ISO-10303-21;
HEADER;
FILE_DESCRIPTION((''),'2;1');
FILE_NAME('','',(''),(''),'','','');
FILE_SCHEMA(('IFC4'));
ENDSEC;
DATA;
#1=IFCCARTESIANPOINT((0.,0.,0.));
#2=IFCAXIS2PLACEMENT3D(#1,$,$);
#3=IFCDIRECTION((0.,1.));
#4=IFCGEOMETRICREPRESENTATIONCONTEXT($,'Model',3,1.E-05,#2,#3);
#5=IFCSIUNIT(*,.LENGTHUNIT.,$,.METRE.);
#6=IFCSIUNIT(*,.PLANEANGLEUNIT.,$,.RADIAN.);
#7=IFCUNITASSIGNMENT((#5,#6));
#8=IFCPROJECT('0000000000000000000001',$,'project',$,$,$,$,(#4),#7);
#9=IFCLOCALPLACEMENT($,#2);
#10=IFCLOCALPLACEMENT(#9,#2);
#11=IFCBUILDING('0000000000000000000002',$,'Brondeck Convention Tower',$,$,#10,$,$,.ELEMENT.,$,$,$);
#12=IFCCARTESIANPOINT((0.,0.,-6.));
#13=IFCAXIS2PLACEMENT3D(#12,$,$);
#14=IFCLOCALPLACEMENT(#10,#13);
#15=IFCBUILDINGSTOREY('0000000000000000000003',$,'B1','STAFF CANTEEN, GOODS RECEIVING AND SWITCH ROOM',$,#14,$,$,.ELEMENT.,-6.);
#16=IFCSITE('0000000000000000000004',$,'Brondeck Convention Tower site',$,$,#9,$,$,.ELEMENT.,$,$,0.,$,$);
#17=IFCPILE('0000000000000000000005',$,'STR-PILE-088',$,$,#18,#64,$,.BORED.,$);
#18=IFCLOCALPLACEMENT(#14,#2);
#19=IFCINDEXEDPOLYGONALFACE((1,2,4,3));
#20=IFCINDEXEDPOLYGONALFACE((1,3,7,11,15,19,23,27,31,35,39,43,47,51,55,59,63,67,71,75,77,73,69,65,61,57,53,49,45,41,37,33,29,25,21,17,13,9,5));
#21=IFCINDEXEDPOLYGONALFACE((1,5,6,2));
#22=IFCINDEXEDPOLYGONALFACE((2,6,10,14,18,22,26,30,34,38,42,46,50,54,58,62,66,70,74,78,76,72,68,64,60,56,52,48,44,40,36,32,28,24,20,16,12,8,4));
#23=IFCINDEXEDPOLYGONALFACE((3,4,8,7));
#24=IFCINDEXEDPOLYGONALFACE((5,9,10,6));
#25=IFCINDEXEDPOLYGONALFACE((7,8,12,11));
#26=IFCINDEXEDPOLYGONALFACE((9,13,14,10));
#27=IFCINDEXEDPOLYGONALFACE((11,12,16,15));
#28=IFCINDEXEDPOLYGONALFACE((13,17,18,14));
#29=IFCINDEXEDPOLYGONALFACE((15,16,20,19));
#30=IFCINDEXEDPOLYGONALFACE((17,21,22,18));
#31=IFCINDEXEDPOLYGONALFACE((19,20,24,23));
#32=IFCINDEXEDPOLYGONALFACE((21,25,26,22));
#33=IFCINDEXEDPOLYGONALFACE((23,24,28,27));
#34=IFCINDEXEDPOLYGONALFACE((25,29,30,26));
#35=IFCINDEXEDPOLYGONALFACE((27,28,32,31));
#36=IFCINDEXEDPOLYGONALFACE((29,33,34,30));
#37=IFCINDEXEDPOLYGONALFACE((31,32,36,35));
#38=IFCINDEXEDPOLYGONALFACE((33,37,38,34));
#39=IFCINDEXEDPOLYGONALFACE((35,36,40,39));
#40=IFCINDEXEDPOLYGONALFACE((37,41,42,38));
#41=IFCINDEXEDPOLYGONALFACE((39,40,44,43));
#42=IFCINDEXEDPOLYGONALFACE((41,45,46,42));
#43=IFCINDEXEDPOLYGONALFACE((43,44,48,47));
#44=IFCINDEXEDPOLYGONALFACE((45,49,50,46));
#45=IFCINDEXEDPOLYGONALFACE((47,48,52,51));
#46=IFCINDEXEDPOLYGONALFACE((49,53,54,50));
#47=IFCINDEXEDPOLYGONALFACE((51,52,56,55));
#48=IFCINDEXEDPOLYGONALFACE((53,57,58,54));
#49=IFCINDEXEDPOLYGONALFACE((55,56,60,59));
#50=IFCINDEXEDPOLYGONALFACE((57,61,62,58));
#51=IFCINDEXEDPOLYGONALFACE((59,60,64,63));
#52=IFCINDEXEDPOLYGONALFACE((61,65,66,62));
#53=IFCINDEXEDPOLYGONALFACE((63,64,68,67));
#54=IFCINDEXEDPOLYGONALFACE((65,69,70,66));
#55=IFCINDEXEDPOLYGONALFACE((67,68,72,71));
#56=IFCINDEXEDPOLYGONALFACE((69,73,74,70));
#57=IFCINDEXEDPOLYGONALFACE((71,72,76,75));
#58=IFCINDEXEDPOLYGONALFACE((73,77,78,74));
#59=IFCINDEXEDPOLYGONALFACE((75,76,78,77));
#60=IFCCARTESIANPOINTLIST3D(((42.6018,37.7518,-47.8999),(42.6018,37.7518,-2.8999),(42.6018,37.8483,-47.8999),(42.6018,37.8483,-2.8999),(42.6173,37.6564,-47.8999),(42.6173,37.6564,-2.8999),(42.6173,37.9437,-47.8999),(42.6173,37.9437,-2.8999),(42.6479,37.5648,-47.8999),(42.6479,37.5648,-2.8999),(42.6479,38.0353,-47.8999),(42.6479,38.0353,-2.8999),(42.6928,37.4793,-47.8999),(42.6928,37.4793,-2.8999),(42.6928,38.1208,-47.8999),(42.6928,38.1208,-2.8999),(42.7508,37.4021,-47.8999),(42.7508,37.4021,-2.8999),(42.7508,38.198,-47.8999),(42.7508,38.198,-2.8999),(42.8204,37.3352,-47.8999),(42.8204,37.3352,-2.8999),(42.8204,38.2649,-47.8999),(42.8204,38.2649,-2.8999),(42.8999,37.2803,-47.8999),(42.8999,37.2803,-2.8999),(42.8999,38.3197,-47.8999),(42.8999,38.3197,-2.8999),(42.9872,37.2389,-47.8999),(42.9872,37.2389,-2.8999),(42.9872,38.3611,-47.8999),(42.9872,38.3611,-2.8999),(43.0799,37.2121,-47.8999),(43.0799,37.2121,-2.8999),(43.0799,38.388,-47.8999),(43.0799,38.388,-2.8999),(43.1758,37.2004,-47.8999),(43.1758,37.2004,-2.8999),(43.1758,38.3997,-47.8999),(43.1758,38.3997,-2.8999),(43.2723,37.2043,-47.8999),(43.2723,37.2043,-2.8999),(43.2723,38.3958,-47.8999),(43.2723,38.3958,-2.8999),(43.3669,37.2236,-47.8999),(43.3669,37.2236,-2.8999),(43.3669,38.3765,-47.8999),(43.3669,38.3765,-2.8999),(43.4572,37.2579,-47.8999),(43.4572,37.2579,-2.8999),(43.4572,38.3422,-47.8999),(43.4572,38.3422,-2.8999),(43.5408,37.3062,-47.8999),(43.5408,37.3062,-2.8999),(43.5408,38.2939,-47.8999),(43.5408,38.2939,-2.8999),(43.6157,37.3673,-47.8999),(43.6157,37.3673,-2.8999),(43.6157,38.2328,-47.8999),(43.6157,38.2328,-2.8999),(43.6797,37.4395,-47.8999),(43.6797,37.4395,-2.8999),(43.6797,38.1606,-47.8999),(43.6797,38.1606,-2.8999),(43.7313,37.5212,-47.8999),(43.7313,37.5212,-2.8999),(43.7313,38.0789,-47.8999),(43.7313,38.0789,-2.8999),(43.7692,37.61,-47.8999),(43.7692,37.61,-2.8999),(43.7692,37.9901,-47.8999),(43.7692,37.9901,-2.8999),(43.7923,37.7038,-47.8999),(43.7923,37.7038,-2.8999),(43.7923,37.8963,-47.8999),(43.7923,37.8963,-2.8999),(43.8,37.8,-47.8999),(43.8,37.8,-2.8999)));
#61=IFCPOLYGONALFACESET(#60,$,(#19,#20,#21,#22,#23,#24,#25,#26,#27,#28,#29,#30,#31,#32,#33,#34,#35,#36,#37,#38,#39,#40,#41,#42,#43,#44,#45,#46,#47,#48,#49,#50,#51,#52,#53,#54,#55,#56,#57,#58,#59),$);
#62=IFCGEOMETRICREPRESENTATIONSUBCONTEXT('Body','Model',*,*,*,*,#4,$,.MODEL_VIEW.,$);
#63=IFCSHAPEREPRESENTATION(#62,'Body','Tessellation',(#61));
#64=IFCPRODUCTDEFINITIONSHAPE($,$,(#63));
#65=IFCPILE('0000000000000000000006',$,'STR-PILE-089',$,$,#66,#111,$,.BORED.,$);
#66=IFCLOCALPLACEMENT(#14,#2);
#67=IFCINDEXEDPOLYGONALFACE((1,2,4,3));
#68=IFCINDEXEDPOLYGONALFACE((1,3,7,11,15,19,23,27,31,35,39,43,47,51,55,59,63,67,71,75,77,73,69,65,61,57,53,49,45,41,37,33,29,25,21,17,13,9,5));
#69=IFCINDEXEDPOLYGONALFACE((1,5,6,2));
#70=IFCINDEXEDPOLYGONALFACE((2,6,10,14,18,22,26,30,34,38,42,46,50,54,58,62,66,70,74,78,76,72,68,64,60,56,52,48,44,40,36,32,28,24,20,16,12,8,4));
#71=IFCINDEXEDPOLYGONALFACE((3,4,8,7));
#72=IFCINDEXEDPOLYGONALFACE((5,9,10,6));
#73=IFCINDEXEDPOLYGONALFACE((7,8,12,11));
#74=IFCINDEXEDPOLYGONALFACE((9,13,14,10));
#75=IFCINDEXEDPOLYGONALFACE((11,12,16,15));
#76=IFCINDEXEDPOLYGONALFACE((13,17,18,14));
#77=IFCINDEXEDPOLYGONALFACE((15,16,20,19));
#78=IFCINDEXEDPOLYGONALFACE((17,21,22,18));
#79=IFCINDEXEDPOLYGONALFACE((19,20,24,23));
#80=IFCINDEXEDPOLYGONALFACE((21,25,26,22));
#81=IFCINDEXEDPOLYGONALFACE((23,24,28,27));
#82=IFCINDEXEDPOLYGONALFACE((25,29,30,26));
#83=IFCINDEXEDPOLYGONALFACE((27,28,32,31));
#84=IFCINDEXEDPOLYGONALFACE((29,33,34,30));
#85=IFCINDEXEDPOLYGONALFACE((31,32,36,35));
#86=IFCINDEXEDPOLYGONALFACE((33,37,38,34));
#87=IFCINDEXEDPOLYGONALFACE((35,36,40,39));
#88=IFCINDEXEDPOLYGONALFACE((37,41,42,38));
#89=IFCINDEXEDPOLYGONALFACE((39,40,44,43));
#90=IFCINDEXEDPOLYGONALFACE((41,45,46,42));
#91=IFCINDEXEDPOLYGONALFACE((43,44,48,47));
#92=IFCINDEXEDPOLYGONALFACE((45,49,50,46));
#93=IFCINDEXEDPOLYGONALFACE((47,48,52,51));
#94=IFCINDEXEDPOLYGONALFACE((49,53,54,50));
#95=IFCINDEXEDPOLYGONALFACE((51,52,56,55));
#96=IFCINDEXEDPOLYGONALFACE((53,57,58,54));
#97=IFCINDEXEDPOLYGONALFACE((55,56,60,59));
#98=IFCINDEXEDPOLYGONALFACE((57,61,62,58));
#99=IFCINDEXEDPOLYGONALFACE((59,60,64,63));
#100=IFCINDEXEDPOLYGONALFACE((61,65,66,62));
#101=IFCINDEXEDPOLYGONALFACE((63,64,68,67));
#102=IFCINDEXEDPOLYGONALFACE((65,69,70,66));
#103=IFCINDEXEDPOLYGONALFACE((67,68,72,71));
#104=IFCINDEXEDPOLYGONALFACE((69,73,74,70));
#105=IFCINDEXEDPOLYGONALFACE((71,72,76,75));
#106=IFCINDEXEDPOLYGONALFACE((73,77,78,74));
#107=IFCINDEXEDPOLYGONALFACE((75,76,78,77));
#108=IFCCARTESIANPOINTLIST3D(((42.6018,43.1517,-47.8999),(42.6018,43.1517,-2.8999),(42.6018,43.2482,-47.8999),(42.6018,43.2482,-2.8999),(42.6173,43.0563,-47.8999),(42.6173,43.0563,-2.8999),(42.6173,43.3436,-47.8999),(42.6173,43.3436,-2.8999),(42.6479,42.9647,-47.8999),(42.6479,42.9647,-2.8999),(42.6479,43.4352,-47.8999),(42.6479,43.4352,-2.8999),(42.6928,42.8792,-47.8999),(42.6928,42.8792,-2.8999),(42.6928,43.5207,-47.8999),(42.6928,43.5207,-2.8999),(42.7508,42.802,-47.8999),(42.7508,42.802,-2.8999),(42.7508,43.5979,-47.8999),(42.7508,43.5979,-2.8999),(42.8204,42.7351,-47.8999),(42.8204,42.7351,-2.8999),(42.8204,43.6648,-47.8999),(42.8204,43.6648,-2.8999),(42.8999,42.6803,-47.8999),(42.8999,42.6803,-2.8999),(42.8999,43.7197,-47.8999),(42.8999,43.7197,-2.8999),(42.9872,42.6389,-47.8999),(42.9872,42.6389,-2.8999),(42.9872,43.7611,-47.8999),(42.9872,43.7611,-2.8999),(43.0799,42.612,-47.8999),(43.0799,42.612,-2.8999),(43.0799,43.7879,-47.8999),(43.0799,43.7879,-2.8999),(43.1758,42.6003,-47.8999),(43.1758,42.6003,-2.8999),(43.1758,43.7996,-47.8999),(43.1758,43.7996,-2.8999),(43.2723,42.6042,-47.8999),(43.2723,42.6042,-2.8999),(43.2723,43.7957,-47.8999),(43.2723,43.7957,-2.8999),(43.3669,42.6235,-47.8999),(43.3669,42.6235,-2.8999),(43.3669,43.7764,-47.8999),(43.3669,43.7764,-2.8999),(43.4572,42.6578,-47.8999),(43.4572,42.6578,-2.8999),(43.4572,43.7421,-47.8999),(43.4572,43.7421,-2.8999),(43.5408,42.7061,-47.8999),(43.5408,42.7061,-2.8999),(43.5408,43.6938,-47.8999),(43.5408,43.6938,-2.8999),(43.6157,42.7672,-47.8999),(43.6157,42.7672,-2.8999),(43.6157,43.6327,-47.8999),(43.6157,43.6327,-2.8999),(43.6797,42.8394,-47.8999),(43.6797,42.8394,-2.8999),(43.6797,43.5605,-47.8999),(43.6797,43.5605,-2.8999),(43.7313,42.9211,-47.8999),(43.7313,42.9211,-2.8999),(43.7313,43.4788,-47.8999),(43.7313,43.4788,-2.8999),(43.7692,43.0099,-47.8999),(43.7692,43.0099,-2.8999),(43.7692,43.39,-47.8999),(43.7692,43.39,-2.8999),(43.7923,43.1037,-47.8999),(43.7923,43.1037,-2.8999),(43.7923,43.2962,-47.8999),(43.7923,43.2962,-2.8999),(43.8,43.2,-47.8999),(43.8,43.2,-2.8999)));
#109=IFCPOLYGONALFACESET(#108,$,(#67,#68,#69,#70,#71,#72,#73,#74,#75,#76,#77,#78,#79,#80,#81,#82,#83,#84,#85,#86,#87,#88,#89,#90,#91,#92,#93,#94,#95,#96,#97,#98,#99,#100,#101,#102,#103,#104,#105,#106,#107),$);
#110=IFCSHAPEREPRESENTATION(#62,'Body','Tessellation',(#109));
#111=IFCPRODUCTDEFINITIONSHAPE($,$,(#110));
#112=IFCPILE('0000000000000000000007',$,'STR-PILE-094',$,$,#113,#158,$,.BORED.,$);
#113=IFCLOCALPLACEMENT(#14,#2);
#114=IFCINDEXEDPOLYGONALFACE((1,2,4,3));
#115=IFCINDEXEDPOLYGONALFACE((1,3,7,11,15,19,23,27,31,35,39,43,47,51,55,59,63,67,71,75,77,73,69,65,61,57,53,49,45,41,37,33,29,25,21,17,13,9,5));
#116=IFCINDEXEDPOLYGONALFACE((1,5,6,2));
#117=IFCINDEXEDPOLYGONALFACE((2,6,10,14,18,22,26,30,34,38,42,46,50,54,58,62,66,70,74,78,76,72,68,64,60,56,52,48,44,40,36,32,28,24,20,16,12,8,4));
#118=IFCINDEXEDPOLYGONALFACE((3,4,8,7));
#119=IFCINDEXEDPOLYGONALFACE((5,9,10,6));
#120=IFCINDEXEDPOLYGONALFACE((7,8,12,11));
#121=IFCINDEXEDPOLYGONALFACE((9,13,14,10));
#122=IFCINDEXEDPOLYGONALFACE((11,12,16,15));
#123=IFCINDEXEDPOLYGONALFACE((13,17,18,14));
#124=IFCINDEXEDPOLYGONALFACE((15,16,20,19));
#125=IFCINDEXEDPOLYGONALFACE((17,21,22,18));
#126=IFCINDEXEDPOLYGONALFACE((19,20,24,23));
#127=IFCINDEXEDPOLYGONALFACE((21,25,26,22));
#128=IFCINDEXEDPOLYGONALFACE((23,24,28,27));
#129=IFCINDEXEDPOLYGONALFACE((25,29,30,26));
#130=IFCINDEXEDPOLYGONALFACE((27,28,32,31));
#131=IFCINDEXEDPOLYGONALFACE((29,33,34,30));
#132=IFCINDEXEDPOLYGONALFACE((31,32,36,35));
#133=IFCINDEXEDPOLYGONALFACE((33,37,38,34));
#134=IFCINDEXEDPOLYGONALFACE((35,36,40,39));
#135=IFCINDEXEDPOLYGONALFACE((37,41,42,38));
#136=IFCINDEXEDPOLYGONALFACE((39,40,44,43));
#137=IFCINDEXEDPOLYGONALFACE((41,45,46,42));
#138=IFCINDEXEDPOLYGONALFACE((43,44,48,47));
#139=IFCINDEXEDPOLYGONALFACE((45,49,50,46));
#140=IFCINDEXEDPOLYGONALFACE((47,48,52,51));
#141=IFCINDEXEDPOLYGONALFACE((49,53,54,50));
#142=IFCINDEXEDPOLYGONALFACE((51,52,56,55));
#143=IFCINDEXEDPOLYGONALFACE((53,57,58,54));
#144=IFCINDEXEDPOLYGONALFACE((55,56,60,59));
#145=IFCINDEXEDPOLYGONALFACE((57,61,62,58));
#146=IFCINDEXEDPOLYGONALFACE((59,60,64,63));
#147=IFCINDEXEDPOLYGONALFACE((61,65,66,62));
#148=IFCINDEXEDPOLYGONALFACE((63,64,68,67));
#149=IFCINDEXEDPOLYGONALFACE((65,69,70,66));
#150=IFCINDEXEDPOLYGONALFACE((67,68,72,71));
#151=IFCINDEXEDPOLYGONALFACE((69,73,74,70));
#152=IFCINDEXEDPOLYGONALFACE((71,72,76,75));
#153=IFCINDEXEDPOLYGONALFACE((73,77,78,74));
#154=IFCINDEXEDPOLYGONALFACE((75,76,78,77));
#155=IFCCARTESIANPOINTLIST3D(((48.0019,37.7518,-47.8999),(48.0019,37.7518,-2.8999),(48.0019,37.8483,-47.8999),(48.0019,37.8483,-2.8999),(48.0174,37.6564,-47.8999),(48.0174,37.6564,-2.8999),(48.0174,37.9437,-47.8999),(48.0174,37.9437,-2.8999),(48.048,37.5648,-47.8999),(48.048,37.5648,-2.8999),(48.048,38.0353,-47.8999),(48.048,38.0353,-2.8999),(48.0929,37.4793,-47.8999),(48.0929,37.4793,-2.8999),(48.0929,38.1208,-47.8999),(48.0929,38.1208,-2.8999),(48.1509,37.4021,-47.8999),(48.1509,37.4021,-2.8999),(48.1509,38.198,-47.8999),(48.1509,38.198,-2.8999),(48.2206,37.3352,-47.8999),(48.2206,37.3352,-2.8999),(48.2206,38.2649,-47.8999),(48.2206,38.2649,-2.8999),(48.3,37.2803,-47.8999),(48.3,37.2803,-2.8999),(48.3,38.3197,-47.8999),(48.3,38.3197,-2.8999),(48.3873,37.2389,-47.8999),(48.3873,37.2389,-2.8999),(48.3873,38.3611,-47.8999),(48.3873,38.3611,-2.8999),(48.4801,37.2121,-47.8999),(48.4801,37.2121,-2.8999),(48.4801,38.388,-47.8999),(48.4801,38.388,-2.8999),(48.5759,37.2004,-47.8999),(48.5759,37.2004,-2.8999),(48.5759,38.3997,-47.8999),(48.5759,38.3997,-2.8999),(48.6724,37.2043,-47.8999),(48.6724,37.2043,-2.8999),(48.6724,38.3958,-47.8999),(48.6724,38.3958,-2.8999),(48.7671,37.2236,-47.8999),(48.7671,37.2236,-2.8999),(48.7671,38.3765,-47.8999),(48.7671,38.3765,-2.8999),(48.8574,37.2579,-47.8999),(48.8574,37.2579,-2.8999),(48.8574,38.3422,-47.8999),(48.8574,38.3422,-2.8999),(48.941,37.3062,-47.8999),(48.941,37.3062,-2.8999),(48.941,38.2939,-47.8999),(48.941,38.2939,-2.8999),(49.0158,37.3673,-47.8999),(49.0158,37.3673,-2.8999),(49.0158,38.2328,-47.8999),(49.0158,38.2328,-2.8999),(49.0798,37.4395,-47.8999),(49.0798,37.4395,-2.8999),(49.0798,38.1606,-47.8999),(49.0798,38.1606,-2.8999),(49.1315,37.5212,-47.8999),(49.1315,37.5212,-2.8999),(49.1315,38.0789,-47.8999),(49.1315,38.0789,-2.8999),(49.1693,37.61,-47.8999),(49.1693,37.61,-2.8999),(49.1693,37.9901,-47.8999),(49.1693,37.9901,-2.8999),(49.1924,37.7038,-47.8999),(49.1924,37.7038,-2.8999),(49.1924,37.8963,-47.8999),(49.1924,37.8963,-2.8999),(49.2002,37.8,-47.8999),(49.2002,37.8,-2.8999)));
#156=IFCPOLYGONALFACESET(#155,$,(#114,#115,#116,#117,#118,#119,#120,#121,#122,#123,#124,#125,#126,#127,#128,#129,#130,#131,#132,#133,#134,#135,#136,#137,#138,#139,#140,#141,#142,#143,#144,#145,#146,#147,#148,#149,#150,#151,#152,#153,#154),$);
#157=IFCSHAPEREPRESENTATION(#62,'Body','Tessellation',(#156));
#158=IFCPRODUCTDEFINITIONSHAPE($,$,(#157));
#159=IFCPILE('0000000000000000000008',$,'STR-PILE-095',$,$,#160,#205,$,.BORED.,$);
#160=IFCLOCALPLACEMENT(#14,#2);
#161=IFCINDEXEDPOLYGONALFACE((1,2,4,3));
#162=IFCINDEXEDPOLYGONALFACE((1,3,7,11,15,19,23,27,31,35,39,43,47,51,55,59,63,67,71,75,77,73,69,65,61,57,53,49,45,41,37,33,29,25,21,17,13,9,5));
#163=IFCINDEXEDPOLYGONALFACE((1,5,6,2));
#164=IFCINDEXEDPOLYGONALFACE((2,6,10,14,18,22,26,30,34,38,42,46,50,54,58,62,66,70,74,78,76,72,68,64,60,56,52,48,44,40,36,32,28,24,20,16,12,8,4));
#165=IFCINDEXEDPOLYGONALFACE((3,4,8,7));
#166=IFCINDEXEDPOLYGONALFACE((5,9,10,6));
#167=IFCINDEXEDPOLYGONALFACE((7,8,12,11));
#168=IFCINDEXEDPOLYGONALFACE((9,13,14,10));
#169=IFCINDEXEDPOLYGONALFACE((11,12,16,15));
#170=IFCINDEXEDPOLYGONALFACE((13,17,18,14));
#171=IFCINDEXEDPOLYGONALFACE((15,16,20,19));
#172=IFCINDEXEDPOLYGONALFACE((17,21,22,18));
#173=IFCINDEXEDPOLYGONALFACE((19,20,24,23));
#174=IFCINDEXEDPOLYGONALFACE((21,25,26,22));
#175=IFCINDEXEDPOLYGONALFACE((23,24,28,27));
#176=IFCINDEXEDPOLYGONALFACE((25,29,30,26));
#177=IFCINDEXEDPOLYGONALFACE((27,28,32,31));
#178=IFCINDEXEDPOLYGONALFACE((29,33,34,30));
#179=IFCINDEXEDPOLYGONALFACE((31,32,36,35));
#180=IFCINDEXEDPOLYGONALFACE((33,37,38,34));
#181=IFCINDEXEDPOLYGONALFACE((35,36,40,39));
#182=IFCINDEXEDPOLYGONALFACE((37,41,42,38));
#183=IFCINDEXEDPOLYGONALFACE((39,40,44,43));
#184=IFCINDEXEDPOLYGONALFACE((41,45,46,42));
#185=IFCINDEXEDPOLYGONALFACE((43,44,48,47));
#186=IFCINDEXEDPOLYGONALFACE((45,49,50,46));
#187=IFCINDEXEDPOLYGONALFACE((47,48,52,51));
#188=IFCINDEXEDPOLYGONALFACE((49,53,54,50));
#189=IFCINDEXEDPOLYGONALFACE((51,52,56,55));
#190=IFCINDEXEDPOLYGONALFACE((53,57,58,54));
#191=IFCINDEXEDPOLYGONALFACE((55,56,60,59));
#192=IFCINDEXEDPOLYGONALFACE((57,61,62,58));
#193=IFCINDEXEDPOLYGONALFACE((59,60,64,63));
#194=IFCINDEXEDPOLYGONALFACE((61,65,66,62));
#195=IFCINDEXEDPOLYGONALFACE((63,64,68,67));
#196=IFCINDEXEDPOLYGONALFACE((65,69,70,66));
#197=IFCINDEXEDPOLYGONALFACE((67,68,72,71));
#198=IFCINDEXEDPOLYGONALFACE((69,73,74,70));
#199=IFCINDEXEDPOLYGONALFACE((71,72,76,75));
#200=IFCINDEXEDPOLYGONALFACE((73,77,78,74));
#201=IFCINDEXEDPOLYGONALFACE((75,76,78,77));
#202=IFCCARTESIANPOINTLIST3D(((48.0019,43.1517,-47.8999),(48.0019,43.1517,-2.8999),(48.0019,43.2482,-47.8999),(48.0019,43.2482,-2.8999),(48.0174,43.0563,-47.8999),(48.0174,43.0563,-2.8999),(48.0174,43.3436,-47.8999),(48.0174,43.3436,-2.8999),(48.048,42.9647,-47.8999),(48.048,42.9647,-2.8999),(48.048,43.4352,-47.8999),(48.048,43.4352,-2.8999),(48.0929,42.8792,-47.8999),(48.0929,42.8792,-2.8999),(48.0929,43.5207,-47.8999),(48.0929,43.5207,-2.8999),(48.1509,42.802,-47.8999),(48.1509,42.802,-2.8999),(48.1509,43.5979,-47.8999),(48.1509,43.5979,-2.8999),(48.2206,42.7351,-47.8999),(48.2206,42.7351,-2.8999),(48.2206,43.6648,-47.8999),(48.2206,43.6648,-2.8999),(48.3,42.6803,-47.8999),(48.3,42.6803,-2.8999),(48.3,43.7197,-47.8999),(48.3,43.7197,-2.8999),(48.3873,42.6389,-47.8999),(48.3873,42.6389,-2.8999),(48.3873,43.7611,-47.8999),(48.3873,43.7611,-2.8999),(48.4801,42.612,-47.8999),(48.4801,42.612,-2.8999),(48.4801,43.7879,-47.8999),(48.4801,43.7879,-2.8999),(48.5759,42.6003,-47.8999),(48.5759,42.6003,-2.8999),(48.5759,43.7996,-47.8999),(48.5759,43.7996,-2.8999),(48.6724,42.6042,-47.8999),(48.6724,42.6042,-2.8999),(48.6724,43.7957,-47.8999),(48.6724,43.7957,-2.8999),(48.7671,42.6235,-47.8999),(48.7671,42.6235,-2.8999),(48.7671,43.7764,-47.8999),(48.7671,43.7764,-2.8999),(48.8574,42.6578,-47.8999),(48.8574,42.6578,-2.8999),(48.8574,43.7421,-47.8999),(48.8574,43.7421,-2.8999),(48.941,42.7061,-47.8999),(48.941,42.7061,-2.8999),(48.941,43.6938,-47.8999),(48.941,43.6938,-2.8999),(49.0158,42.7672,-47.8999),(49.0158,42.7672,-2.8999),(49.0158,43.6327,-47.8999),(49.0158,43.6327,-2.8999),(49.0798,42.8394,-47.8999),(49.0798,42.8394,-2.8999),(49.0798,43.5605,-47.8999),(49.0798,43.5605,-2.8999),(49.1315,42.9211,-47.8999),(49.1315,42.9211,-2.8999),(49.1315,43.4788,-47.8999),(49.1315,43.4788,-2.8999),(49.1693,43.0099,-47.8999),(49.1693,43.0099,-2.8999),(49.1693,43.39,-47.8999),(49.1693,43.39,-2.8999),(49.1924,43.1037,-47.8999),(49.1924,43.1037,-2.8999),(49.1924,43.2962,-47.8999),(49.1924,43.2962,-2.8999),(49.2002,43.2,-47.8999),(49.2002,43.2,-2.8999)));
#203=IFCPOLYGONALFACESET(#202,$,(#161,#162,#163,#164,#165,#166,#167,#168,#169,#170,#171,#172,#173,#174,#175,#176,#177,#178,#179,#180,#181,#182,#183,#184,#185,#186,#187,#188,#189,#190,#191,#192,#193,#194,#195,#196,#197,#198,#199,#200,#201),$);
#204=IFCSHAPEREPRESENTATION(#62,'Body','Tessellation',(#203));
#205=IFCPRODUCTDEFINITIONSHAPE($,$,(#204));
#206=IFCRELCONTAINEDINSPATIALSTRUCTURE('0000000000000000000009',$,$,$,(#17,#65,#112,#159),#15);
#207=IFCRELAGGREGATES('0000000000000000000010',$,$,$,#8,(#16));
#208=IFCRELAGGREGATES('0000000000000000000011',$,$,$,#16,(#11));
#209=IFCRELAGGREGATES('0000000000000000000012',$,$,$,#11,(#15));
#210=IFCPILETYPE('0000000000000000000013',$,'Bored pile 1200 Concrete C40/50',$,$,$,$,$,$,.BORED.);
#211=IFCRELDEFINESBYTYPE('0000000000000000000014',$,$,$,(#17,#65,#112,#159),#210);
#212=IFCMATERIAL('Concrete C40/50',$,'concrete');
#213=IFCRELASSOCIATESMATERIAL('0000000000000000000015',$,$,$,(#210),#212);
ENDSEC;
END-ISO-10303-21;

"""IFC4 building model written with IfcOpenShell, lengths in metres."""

from ifc_helpers import new_model, si_unit, direction, frame, origin, origin_2d, place, context, subcontext, project, spatial, circle, extrude, material, material_profile, profile_set, type_object, element, save


model = new_model("IFC4")

# Units and contexts
model_context = context("Model", 3, precision=1e-05, world=origin(), true_north=direction((0.0, 1.0)))
body_context = subcontext(model_context, "Body", "Model", "MODEL_VIEW")
ifc_project = project(units=[si_unit("LENGTHUNIT", "METRE"), si_unit("PLANEANGLEUNIT", "RADIAN")], contexts=[model_context])

# Site, building, storey
site_placement = place(None, origin())
site = spatial("IfcSite", under=ifc_project, at=site_placement, Name="Brondeck Convention Tower site", CompositionType="ELEMENT", RefElevation=0.0)
building_placement = place(site_placement, origin())
building = spatial("IfcBuilding", under=site, at=building_placement, Name="Brondeck Convention Tower", CompositionType="ELEMENT")
storey_placement = place(building_placement, frame((0.0, 0.0, -6.0)))
storey = spatial("IfcBuildingStorey", under=building, at=storey_placement, Name="B1", Description="STAFF CANTEEN, GOODS RECEIVING AND SWITCH ROOM", CompositionType="ELEMENT", Elevation=-6.0)

# Piles
ifc_material_1 = material(Name="Concrete C40/50", Category="concrete")
ifc_material_profile_1 = material_profile(ifc_material_1, circle(Radius=0.6001, at=origin_2d()), Name="Bored pile 1200 Concrete C40/50")
ifc_profile_set_1 = profile_set([ifc_material_profile_1], Name="Concrete C40/50")
pile_type = type_object("IfcPileType", Name="Bored pile 1200 Concrete C40/50", PredefinedType="BORED", material=ifc_profile_set_1)
for number, where, z_axis, x_axis, name in (
    (1, (43.2, 37.8, -2.8999), (0.0, 0.0, -1.0), (1.0, 0.0, 0.0), "STR-PILE-088"),
    (2, (43.2, 43.2, -2.8999), (0.0, 0.0, -1.0), (1.0, 0.0, 0.0), "STR-PILE-089"),
    (3, (48.6001, 37.8, -2.8999), (0.0, 0.0, -1.0), (1.0, 0.0, 0.0), "STR-PILE-094"),
    (4, (48.6001, 43.2, -2.8999), (0.0, 0.0, -1.0), (1.0, 0.0, 0.0), "STR-PILE-095"),
):
    element("IfcPile", number, at=place(storey_placement, frame(where, z_axis=z_axis, x_axis=x_axis)), inside=storey, type_object=pile_type, Name=name, PredefinedType="BORED", context=body_context, shape_type="SweptSolid", body=[
        extrude(circle(Radius=0.6001, at=origin_2d()), origin(), (0.0, 0.0, 1.0), 45.0),
    ])

save(model, "model.ifc")
